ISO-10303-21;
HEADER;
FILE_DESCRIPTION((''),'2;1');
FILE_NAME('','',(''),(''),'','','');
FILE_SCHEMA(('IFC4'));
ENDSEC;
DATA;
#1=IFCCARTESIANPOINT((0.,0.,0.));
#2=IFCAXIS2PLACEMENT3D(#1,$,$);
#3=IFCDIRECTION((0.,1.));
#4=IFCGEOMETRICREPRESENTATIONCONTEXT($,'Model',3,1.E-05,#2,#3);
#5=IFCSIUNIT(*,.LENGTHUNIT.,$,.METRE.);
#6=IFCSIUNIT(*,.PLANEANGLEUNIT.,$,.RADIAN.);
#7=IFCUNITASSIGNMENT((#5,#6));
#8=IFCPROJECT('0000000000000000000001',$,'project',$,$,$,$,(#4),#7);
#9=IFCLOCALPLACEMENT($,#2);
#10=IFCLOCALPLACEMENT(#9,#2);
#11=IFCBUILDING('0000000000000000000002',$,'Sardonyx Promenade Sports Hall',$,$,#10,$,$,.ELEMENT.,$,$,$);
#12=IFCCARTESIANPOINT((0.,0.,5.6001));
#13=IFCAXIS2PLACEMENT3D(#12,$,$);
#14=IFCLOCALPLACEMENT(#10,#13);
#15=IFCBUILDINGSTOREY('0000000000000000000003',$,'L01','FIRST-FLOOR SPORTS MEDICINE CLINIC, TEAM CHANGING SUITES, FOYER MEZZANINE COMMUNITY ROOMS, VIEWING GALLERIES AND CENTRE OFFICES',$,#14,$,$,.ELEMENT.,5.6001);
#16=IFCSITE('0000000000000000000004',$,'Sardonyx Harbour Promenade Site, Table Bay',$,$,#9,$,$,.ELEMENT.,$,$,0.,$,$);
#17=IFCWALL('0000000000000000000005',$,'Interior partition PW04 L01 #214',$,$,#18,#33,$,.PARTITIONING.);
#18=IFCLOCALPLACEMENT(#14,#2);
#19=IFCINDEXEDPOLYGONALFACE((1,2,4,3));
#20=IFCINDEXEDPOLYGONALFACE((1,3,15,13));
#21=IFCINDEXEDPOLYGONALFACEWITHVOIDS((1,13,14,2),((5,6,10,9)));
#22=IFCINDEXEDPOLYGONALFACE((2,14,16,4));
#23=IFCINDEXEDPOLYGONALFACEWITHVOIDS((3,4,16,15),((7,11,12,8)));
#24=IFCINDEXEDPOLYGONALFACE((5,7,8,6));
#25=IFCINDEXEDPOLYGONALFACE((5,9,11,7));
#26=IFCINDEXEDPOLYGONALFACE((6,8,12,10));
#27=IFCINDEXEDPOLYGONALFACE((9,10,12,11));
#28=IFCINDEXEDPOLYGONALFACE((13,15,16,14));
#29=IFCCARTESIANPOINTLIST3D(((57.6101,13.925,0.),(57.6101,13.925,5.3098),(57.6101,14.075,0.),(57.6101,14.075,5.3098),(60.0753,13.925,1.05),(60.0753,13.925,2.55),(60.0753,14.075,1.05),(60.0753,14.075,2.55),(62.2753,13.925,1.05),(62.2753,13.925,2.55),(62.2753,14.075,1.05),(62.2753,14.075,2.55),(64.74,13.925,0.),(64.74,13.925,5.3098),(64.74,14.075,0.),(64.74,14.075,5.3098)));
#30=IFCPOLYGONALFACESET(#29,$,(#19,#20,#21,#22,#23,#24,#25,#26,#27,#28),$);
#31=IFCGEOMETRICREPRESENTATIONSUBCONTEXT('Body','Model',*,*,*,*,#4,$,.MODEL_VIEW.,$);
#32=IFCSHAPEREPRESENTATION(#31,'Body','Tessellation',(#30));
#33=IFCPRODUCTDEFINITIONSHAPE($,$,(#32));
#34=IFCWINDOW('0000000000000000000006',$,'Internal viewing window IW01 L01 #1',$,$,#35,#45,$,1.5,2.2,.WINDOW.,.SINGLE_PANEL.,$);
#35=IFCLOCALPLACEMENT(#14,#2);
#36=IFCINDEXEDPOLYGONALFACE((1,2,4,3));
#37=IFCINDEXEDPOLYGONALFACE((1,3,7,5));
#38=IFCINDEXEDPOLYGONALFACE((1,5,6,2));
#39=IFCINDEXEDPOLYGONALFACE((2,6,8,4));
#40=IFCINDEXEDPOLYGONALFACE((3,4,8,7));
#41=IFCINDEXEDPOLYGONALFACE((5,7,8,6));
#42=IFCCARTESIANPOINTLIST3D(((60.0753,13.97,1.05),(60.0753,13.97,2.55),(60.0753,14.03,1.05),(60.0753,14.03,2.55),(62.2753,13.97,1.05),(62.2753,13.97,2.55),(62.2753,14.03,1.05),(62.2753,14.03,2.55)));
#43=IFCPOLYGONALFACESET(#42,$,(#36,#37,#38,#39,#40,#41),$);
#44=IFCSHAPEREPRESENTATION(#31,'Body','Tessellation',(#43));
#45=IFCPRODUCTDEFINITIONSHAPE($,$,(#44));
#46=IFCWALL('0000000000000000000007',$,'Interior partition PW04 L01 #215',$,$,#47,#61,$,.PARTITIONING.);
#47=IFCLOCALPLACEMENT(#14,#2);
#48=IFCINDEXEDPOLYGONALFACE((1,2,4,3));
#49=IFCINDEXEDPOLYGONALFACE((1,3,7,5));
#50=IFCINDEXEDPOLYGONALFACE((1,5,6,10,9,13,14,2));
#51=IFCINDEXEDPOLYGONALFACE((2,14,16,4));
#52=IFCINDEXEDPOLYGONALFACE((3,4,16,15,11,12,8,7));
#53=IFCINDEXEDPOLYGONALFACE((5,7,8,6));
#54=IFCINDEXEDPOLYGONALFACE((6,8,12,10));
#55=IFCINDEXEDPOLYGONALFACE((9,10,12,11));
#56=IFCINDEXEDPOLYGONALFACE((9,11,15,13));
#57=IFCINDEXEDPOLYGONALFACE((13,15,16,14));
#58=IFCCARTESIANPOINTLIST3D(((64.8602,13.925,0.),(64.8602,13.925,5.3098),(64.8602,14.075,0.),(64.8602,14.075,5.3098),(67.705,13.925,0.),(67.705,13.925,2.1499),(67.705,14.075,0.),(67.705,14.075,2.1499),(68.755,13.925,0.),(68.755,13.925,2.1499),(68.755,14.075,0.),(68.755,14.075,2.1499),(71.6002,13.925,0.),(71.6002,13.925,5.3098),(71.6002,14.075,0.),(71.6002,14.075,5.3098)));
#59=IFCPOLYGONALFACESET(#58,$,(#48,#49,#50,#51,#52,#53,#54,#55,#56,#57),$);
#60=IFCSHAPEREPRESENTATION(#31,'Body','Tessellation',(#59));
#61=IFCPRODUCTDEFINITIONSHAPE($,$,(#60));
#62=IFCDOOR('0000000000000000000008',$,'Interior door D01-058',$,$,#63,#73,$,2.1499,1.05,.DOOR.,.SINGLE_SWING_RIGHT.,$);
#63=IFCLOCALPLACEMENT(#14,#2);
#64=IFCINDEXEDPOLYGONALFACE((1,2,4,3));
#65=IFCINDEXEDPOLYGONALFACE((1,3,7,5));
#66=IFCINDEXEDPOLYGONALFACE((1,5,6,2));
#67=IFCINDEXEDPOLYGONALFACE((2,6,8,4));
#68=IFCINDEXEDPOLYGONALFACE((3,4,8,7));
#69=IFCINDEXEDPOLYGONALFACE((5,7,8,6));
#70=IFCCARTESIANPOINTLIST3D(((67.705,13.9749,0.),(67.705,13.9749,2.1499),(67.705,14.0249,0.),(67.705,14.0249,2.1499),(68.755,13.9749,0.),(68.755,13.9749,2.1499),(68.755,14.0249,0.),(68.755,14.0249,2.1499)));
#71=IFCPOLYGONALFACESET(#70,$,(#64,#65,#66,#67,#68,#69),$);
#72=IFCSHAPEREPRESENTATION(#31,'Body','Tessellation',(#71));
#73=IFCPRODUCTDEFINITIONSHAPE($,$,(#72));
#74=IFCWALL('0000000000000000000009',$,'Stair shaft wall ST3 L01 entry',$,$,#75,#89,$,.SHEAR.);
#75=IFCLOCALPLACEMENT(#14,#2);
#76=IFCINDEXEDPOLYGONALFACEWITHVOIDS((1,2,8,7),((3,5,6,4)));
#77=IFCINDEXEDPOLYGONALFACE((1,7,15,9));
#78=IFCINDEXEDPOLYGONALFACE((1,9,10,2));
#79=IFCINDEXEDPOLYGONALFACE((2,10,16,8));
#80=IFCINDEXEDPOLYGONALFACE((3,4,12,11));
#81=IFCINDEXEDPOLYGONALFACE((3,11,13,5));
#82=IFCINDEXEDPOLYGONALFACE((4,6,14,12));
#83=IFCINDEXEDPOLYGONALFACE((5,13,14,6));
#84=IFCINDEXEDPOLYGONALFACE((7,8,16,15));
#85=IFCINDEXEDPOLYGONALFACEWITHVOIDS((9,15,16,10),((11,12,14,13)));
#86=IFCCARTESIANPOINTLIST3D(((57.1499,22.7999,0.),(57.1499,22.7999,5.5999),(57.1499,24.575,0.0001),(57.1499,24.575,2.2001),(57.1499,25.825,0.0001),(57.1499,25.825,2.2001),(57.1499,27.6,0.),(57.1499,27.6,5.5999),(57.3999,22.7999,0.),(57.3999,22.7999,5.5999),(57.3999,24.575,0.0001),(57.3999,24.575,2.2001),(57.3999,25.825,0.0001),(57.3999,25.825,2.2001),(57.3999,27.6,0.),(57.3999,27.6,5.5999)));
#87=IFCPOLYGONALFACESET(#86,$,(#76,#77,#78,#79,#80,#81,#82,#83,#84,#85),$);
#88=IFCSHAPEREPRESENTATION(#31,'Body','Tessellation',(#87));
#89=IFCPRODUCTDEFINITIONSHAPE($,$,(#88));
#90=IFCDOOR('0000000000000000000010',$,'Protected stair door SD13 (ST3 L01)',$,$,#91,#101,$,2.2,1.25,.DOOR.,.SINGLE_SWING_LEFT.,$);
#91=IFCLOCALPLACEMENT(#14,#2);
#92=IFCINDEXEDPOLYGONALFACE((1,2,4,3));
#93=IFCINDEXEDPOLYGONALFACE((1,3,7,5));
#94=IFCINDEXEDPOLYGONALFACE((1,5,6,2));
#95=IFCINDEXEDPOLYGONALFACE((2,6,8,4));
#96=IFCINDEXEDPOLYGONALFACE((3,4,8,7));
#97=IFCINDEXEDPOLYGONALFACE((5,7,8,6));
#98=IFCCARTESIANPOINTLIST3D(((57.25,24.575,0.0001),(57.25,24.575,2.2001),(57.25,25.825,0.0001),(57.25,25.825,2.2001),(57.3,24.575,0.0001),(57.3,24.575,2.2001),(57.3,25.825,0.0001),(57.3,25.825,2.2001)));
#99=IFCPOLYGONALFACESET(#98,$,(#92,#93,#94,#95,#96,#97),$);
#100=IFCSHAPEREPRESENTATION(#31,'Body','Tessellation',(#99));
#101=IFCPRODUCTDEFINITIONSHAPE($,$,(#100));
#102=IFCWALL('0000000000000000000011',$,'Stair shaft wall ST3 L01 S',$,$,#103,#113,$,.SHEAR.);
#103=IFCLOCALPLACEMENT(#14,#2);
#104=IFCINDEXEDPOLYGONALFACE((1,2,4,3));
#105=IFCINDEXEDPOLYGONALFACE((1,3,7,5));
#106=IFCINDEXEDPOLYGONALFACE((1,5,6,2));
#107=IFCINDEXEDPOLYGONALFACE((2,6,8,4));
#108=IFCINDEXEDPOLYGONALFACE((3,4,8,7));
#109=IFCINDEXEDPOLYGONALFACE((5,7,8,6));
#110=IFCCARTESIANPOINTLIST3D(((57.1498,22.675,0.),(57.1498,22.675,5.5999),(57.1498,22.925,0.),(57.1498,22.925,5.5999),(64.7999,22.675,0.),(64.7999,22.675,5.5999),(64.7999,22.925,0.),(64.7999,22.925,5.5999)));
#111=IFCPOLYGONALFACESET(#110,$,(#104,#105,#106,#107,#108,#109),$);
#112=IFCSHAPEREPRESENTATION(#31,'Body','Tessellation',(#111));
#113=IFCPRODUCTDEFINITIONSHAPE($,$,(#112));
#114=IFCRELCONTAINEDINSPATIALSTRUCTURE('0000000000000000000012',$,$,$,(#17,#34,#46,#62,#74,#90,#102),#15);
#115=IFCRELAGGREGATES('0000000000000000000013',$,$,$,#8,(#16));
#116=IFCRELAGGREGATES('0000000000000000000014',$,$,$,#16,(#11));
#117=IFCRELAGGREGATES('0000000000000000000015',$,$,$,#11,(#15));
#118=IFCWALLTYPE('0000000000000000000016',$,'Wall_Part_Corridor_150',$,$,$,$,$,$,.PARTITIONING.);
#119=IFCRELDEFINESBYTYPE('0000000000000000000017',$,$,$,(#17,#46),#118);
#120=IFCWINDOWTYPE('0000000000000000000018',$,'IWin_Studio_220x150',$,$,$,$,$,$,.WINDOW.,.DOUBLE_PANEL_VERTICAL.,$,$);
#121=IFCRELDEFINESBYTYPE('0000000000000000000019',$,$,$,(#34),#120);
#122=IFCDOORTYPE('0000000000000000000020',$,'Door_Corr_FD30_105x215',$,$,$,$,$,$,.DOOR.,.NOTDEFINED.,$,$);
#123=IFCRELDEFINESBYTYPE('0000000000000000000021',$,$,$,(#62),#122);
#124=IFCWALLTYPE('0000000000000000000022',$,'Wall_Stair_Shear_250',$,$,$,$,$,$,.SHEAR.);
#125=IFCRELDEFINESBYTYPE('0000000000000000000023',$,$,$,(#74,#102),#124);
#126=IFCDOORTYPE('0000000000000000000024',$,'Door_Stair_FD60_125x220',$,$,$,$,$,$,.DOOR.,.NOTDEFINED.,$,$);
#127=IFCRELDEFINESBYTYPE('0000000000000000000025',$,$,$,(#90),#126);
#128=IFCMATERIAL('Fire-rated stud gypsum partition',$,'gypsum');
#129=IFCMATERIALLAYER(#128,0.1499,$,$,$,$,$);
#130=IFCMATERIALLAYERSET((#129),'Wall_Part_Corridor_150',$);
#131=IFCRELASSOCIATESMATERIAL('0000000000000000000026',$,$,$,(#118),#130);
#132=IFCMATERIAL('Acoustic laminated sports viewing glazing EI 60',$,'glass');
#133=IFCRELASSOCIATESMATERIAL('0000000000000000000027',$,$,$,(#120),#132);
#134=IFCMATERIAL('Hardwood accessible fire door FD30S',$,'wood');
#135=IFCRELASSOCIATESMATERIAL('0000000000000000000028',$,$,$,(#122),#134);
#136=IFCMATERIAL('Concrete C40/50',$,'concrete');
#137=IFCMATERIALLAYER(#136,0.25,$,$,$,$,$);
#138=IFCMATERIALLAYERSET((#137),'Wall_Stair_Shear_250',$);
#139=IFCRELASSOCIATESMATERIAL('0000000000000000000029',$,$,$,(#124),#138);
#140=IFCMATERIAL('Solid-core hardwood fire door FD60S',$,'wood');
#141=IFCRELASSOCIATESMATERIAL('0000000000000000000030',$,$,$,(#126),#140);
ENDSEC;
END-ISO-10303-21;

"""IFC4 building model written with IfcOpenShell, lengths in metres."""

from ifc_helpers import new_model, si_unit, direction, frame, frame_2d, origin, place, context, subcontext, project, spatial, rectangle, extrude, material, layer, layer_set, type_object, element, fill, save


model = new_model("IFC4")

# Units and contexts
model_context = context("Model", 3, precision=1e-05, world=origin(), true_north=direction((0.0, 1.0)))
body_context = subcontext(model_context, "Body", "Model", "MODEL_VIEW")
ifc_project = project(units=[si_unit("LENGTHUNIT", "METRE"), si_unit("PLANEANGLEUNIT", "RADIAN")], contexts=[model_context])

# Site, building, storey
site_placement = place(None, origin())
site = spatial("IfcSite", under=ifc_project, at=site_placement, Name="Sardonyx Harbour Promenade Site, Table Bay", CompositionType="ELEMENT", RefElevation=0.0)
building_placement = place(site_placement, origin())
building = spatial("IfcBuilding", under=site, at=building_placement, Name="Sardonyx Promenade Sports Hall", CompositionType="ELEMENT")
storey_placement = place(building_placement, frame((0.0, 0.0, 5.6001)))
storey = spatial("IfcBuildingStorey", under=building, at=storey_placement, Name="L01", Description="FIRST-FLOOR SPORTS MEDICINE CLINIC, TEAM CHANGING SUITES, FOYER MEZZANINE COMMUNITY ROOMS, VIEWING GALLERIES AND CENTRE OFFICES", CompositionType="ELEMENT", Elevation=5.6001)

# Shared definitions
ifc_material_1 = material(Name="Fire-rated stud gypsum partition", Category="gypsum")
ifc_layer_1 = layer(ifc_material_1, 0.1499)
ifc_layer_set_1 = layer_set([ifc_layer_1], Name="Wall_Part_Corridor_150")
wall_type_1 = type_object("IfcWallType", Name="Wall_Part_Corridor_150", PredefinedType="PARTITIONING", material=ifc_layer_set_1)

# Wall, opening, window
wall_1_placement = place(storey_placement, frame((57.6101, 14.0, 0.0), z_axis=(0.0, 0.0, 1.0), x_axis=(1.0, 0.0, 0.0)))
wall_1 = element("IfcWall", 1, at=wall_1_placement, inside=storey, type_object=wall_type_1, Name="Interior partition PW04 L01 #214", PredefinedType="PARTITIONING", context=body_context, shape_type="SweptSolid", body=[
    extrude(rectangle(XDim=7.1299, YDim=0.1499, at=frame_2d((3.5649, 0.0))), origin(), (0.0, 0.0, 1.0), 5.3098),
])
opening_1_placement = place(wall_1_placement, frame((2.4651, 0.0, 1.05)))
opening_1 = element("IfcOpeningElement", 2, at=opening_1_placement, cuts=wall_1, PredefinedType="OPENING", context=body_context, shape_type="SweptSolid", body=[
    extrude(rectangle(XDim=2.2, YDim=1.5, at=frame_2d((1.1001, 0.75))), frame((0.0, 0.085, 0.0), z_axis=(0.0, -1.0, 0.0), x_axis=(1.0, 0.0, 0.0)), (0.0, 0.0, 1.0), 0.17),
])
ifc_material_2 = material(Name="Acoustic laminated sports viewing glazing EI 60", Category="glass")
window_type = type_object("IfcWindowType", Name="IWin_Studio_220x150", PartitioningType="DOUBLE_PANEL_VERTICAL", PredefinedType="WINDOW", material=ifc_material_2)
window_placement = place(opening_1_placement, origin())
window = element("IfcWindow", 3, at=window_placement, inside=storey, type_object=window_type, Name="Internal viewing window IW01 L01 #1", OverallHeight=1.5, OverallWidth=2.2, PartitioningType="SINGLE_PANEL", PredefinedType="WINDOW", context=body_context, shape_type="SweptSolid", body=[
    extrude(rectangle(XDim=2.2, YDim=1.5, at=frame_2d((1.1001, 0.75))), frame((0.0, 0.03, 0.0), z_axis=(0.0, -1.0, 0.0), x_axis=(1.0, 0.0, 0.0)), (0.0, 0.0, 1.0), 0.0601),
])
fill(opening_1, window)

# Walls, openings, doors
wall_2_placement = place(storey_placement, frame((64.8601, 14.0, 0.0), z_axis=(0.0, 0.0, 1.0), x_axis=(1.0, 0.0, 0.0)))
wall_2 = element("IfcWall", 4, at=wall_2_placement, inside=storey, type_object=wall_type_1, Name="Interior partition PW04 L01 #215", PredefinedType="PARTITIONING", context=body_context, shape_type="SweptSolid", body=[
    extrude(rectangle(XDim=6.74, YDim=0.1499, at=frame_2d((3.3701, 0.0))), origin(), (0.0, 0.0, 1.0), 5.3098),
])
opening_2_placement = place(wall_2_placement, frame((2.845, 0.0, 0.0)))
opening_2 = element("IfcOpeningElement", 5, at=opening_2_placement, cuts=wall_2, PredefinedType="OPENING", context=body_context, shape_type="SweptSolid", body=[
    extrude(rectangle(XDim=1.05, YDim=2.1499, at=frame_2d((0.5249, 1.075))), frame((0.0, 0.085, 0.0), z_axis=(0.0, -1.0, 0.0), x_axis=(1.0, 0.0, 0.0)), (0.0, 0.0, 1.0), 0.17),
])
ifc_material_3 = material(Name="Hardwood accessible fire door FD30S", Category="wood")
door_type_1 = type_object("IfcDoorType", Name="Door_Corr_FD30_105x215", OperationType="NOTDEFINED", PredefinedType="DOOR", material=ifc_material_3)
door_1_placement = place(opening_2_placement, origin())
door_1 = element("IfcDoor", 6, at=door_1_placement, inside=storey, type_object=door_type_1, Name="Interior door D01-058", OperationType="SINGLE_SWING_RIGHT", OverallHeight=2.1499, OverallWidth=1.05, PredefinedType="DOOR", context=body_context, shape_type="SweptSolid", body=[
    extrude(rectangle(XDim=1.05, YDim=2.1499, at=frame_2d((0.5249, 1.075))), frame((0.0, 0.0249, 0.0), z_axis=(0.0, -1.0, 0.0), x_axis=(1.0, 0.0, 0.0)), (0.0, 0.0, 1.0), 0.05),
])
fill(opening_2, door_1)
ifc_material_4 = material(Name="Concrete C40/50", Category="concrete")
ifc_layer_2 = layer(ifc_material_4, 0.25)
ifc_layer_set_2 = layer_set([ifc_layer_2], Name="Wall_Stair_Shear_250")
wall_type_2 = type_object("IfcWallType", Name="Wall_Stair_Shear_250", PredefinedType="SHEAR", material=ifc_layer_set_2)
wall_3_placement = place(storey_placement, frame((57.2749, 22.8, 0.0), z_axis=(0.0, 0.0, 1.0), x_axis=(0.0, 1.0, 0.0)))
wall_3 = element("IfcWall", 7, at=wall_3_placement, inside=storey, type_object=wall_type_2, Name="Stair shaft wall ST3 L01 entry", PredefinedType="SHEAR", context=body_context, shape_type="SweptSolid", body=[
    extrude(rectangle(XDim=4.8, YDim=0.25, at=frame_2d((2.3999, 0.0))), origin(), (0.0, 0.0, 1.0), 5.5999),
])
opening_3_placement = place(wall_3_placement, frame((1.7749, 0.0, 0.0)))
opening_3 = element("IfcOpeningElement", 8, at=opening_3_placement, cuts=wall_3, PredefinedType="OPENING", context=body_context, shape_type="SweptSolid", body=[
    extrude(rectangle(XDim=1.25, YDim=2.2, at=frame_2d((0.625, 1.1001))), frame((0.0, 0.135, 0.0), z_axis=(0.0, -1.0, 0.0), x_axis=(1.0, 0.0, 0.0)), (0.0, 0.0, 1.0), 0.27),
])
ifc_material_5 = material(Name="Solid-core hardwood fire door FD60S", Category="wood")
door_type_2 = type_object("IfcDoorType", Name="Door_Stair_FD60_125x220", OperationType="NOTDEFINED", PredefinedType="DOOR", material=ifc_material_5)
door_2_placement = place(opening_3_placement, origin())
door_2 = element("IfcDoor", 9, at=door_2_placement, inside=storey, type_object=door_type_2, Name="Protected stair door SD13 (ST3 L01)", OperationType="SINGLE_SWING_LEFT", OverallHeight=2.2, OverallWidth=1.25, PredefinedType="DOOR", context=body_context, shape_type="SweptSolid", body=[
    extrude(rectangle(XDim=1.25, YDim=2.2, at=frame_2d((0.625, 1.1001))), frame((0.0, 0.0249, 0.0), z_axis=(0.0, -1.0, 0.0), x_axis=(1.0, 0.0, 0.0)), (0.0, 0.0, 1.0), 0.05),
])
fill(opening_3, door_2)

# Wall
wall_4_placement = place(storey_placement, frame((64.8, 22.8, 0.0), z_axis=(0.0, 0.0, 1.0), x_axis=(-1.0, 0.0, 0.0)))
element("IfcWall", 10, at=wall_4_placement, inside=storey, type_object=wall_type_2, Name="Stair shaft wall ST3 L01 S", PredefinedType="SHEAR", context=body_context, shape_type="SweptSolid", body=[
    extrude(rectangle(XDim=7.6501, YDim=0.25, at=frame_2d((3.8252, 0.0))), origin(), (0.0, 0.0, 1.0), 5.5999),
])

save(model, "model.ifc")
